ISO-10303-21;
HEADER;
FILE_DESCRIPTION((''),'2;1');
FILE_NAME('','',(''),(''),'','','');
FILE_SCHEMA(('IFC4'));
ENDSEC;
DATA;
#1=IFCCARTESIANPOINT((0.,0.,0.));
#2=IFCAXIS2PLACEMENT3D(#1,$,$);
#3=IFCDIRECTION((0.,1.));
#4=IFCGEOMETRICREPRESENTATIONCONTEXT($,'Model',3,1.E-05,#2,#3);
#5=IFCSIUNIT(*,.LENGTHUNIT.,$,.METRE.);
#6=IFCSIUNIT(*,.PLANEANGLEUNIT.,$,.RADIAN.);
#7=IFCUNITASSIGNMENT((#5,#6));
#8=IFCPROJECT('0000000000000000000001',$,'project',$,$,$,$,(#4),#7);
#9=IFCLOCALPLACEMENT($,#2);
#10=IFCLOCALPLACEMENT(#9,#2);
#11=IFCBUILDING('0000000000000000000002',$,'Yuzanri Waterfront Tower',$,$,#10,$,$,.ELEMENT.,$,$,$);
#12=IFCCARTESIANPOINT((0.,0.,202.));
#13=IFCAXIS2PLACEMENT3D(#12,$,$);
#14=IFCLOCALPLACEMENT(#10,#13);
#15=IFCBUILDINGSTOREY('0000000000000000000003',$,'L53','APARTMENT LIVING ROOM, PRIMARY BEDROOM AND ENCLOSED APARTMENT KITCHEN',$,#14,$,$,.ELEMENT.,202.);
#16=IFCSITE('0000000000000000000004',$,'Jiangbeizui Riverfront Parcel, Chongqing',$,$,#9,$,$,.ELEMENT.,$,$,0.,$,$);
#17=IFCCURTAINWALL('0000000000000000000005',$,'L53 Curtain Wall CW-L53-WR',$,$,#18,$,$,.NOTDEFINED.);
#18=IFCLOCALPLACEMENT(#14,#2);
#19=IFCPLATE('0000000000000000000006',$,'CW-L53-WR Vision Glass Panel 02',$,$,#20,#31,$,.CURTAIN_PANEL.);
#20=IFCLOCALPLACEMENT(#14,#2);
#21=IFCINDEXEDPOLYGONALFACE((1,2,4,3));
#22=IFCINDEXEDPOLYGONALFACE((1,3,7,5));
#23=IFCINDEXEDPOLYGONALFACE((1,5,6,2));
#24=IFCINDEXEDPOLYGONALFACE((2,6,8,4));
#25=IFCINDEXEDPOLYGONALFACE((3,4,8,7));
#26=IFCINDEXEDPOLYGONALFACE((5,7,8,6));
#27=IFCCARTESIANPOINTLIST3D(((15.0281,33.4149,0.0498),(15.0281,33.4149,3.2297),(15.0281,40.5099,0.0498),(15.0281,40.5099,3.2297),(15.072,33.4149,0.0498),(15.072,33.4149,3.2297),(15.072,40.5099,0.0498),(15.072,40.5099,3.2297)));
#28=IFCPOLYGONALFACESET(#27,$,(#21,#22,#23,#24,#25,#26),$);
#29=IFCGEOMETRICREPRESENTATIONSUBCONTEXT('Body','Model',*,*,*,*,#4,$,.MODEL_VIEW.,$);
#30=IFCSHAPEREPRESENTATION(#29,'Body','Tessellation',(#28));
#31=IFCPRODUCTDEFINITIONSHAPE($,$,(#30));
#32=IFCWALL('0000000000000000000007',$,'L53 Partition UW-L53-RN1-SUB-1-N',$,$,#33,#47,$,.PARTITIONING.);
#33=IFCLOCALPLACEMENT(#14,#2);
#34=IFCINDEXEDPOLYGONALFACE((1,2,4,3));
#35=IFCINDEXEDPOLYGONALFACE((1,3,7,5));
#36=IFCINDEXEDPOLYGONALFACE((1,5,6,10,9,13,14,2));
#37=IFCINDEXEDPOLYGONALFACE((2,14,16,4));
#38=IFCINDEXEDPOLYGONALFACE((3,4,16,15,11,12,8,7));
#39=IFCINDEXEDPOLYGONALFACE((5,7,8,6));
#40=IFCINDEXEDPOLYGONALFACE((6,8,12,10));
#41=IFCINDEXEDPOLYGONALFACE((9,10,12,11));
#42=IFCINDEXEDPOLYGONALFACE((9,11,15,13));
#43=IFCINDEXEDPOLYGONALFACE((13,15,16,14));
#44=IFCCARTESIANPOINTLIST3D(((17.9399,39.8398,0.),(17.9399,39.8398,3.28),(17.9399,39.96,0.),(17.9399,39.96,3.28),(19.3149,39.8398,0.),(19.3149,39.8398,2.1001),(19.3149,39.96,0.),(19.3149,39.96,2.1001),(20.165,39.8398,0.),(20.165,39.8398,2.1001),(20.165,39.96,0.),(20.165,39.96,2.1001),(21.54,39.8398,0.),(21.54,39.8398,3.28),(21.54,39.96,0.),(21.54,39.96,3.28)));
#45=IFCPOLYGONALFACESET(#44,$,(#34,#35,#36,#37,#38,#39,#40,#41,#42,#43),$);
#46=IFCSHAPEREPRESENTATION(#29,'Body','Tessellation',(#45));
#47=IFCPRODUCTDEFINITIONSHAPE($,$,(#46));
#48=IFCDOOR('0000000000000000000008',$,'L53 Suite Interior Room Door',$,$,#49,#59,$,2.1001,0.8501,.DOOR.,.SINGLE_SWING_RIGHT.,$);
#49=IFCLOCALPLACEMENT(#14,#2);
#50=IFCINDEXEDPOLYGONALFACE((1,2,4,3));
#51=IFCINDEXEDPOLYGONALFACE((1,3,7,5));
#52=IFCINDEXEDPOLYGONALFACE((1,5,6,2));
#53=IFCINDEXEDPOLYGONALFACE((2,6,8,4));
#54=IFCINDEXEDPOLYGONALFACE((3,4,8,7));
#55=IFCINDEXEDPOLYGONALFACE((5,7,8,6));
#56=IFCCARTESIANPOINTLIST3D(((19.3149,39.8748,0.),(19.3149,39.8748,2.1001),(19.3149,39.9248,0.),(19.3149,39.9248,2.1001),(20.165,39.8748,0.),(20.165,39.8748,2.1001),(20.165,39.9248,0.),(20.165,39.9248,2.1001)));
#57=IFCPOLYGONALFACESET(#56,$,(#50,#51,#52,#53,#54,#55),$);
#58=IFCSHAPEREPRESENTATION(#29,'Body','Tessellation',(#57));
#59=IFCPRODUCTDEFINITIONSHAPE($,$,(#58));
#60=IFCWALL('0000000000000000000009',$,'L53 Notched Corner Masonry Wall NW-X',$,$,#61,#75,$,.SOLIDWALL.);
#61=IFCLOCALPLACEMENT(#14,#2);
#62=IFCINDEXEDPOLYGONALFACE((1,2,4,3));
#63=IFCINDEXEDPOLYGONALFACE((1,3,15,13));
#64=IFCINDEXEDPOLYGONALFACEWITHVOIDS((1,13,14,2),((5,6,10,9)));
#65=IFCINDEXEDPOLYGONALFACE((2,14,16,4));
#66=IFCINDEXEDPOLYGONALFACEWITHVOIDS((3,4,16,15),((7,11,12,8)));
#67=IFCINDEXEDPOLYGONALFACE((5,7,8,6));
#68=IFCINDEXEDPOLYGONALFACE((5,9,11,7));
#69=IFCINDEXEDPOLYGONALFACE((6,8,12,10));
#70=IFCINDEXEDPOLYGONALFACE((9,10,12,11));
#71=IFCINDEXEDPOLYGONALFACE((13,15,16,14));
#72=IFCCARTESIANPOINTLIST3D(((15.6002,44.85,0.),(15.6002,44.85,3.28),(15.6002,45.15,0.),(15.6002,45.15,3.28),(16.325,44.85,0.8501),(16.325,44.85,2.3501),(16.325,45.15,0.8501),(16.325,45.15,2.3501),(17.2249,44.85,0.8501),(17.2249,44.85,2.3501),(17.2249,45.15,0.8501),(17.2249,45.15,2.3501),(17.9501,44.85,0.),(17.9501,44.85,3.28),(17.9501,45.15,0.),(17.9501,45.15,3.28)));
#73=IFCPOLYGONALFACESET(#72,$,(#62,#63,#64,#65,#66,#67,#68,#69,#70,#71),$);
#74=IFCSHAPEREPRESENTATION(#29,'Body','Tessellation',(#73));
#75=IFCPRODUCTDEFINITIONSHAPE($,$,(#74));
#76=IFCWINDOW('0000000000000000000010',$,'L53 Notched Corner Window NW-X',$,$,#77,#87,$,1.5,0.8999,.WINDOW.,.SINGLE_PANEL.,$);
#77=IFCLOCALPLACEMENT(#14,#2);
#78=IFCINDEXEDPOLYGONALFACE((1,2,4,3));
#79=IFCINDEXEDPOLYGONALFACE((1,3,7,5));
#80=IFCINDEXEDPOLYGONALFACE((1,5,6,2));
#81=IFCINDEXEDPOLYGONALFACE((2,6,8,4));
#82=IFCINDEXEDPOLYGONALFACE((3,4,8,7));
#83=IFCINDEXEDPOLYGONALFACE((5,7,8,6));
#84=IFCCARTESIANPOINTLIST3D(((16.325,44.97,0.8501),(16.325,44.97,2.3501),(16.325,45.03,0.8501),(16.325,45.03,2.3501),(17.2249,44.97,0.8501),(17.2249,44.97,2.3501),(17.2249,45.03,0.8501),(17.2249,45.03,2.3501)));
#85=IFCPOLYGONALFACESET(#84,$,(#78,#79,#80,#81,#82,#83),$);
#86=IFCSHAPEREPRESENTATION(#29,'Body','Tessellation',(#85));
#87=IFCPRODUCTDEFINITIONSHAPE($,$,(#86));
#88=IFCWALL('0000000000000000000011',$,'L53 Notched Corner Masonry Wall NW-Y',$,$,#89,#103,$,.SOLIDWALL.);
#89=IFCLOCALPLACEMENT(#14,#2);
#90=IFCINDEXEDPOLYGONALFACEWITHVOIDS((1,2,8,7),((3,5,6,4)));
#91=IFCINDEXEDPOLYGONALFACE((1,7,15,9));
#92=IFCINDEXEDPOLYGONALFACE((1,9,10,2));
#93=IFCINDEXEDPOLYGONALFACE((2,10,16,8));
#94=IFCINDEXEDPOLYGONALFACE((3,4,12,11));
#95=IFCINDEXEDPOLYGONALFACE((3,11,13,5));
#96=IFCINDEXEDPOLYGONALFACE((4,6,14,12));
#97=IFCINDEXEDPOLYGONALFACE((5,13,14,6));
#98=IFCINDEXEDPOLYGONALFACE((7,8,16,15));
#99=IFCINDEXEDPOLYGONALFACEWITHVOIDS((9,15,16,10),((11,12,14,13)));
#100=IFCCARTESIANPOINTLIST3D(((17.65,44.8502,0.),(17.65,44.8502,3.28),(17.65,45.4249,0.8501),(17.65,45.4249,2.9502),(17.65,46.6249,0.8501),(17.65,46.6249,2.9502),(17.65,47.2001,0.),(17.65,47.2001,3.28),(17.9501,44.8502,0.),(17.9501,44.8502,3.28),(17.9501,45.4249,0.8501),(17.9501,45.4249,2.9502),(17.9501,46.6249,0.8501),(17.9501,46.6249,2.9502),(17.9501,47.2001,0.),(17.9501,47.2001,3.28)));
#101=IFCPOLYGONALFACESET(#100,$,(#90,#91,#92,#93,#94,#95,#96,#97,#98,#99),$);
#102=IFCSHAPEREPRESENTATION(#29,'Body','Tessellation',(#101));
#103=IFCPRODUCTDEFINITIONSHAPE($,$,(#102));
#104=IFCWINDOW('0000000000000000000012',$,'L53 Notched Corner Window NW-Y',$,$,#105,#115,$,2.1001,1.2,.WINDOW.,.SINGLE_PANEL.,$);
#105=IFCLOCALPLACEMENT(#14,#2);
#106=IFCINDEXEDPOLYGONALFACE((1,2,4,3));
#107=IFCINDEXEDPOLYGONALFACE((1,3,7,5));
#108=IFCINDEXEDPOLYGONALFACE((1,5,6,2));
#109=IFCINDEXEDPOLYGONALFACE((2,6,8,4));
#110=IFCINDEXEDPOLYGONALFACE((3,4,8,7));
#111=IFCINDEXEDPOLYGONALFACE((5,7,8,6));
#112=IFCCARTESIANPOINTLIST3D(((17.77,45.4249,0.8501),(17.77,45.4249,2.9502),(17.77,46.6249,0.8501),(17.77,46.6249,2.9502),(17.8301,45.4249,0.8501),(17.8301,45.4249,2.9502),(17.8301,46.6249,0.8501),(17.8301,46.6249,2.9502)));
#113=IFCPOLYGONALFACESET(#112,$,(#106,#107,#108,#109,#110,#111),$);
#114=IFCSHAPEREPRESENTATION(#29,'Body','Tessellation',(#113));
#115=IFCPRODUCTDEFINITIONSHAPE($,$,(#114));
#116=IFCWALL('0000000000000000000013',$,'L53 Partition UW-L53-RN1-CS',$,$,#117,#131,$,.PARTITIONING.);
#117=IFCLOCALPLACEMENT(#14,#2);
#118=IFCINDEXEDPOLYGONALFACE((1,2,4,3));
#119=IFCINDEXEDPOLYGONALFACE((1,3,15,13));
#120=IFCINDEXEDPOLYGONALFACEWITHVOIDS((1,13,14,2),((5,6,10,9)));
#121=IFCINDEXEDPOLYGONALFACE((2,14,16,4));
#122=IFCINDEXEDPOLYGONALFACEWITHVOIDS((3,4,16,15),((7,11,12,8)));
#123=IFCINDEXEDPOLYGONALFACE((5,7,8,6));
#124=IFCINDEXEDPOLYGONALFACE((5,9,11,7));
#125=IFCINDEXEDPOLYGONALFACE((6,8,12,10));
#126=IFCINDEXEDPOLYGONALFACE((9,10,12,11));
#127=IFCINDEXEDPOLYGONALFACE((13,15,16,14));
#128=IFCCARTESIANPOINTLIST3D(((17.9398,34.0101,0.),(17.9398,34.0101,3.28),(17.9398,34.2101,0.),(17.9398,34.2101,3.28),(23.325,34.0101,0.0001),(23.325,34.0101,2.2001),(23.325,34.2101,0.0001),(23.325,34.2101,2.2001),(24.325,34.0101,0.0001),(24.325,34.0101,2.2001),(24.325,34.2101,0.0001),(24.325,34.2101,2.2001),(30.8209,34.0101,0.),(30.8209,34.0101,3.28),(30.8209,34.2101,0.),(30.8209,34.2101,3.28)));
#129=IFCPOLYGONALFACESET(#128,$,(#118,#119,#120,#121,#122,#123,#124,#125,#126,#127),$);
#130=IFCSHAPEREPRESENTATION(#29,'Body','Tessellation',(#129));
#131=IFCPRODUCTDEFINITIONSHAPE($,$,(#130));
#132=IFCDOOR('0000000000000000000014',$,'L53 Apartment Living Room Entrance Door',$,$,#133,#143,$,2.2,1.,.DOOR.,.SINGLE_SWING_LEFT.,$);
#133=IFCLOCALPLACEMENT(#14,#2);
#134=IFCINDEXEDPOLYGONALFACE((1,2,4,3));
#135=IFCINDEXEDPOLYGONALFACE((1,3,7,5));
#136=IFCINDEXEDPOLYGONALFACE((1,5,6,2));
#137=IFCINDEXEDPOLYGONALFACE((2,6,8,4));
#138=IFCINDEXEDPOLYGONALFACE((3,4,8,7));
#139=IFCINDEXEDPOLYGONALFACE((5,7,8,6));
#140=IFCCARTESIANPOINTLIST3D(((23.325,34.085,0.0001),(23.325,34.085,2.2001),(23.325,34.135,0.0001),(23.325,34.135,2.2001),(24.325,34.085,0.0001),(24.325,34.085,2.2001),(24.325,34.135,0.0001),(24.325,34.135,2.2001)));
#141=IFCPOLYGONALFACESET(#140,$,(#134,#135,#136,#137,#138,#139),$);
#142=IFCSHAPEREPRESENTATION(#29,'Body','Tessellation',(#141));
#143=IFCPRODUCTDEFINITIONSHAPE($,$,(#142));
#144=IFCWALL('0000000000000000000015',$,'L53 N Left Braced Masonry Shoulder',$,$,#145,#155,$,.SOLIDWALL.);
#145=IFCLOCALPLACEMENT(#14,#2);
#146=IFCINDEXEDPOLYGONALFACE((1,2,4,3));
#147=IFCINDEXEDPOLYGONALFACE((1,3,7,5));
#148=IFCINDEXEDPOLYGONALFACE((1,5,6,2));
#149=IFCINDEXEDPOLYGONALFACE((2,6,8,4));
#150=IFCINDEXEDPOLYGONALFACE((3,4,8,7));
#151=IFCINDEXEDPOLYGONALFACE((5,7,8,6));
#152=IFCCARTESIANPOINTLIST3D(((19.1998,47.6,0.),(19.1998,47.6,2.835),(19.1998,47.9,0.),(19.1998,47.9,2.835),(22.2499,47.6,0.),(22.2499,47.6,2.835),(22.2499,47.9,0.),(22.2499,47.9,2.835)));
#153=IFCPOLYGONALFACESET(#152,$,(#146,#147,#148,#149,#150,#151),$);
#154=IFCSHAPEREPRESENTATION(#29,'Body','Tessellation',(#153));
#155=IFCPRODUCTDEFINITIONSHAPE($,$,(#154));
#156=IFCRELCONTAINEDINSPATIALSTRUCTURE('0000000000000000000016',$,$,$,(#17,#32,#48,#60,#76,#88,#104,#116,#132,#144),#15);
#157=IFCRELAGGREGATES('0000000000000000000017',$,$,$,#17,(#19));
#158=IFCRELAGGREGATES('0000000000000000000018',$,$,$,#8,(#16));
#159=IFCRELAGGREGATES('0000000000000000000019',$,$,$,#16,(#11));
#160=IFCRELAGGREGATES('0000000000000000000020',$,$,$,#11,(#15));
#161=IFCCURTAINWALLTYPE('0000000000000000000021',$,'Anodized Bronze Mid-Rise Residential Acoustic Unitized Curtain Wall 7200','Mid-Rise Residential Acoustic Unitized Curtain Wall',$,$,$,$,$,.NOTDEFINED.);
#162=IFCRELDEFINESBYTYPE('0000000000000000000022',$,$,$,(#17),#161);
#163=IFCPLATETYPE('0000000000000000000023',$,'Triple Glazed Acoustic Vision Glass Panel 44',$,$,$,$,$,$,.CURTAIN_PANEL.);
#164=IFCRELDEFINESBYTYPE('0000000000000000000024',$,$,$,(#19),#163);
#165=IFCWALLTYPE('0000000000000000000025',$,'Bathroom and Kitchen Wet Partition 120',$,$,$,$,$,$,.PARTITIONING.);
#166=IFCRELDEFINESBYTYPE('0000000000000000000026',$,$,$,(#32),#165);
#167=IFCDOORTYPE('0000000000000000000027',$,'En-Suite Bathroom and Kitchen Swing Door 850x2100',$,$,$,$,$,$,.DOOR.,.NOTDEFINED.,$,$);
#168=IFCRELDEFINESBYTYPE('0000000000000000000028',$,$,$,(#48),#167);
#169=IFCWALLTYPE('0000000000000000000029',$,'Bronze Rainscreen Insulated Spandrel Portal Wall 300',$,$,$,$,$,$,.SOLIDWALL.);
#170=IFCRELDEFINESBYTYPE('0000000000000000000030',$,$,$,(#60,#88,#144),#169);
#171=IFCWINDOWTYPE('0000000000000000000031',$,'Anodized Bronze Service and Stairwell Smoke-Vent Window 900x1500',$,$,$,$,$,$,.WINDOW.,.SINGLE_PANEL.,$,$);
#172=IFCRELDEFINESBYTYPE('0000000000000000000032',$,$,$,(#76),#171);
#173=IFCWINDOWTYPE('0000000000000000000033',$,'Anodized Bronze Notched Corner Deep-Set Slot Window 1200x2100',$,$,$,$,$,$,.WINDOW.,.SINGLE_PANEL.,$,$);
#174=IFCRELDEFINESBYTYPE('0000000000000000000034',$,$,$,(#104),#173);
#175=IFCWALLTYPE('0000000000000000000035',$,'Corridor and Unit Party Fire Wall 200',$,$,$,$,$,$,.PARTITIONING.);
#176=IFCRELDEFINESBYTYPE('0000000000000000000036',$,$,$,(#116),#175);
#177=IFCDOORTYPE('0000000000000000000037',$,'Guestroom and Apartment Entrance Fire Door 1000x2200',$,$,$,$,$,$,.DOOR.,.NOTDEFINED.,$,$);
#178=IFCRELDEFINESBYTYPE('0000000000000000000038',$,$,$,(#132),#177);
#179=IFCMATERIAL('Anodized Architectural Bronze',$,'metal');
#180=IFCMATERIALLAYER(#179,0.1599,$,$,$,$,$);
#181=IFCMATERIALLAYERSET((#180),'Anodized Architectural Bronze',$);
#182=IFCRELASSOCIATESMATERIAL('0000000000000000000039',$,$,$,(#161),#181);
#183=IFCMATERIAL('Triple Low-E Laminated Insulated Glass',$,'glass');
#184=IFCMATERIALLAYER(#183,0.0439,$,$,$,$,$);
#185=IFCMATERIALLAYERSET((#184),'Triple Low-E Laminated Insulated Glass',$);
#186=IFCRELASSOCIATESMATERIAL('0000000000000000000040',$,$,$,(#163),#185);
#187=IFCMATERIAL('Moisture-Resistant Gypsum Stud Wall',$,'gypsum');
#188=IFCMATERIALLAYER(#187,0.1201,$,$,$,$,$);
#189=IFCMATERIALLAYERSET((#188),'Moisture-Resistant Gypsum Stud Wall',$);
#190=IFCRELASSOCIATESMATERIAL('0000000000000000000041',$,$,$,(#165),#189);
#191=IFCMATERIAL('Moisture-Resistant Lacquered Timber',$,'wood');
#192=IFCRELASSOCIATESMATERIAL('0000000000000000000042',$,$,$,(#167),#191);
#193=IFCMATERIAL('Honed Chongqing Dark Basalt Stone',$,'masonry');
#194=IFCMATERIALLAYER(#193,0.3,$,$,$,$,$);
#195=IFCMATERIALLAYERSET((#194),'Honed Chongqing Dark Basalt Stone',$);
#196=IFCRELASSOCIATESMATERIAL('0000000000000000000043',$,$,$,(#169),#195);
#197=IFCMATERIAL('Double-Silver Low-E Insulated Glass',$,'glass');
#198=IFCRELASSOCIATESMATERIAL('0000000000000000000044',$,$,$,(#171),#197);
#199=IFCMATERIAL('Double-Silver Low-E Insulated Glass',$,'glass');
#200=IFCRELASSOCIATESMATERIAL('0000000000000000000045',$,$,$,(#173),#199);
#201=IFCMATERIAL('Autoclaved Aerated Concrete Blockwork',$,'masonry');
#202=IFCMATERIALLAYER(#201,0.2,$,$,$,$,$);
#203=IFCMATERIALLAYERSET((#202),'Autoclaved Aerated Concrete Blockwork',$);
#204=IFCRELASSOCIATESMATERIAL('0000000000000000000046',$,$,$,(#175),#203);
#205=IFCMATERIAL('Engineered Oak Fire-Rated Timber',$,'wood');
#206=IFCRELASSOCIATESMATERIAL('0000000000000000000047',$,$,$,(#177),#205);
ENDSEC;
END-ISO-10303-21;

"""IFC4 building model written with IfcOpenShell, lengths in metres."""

from ifc_helpers import new_model, si_unit, direction, frame, frame_2d, origin, origin_2d, place, context, subcontext, project, spatial, rectangle, extrude, source, transform, mapped, material, layer, layer_set, type_object, element, fill, aggregate, save


model = new_model("IFC4")

# Units and contexts
model_context = context("Model", 3, precision=1e-05, world=origin(), true_north=direction((0.0, 1.0)))
body_context = subcontext(model_context, "Body", "Model", "MODEL_VIEW")
ifc_project = project(units=[si_unit("LENGTHUNIT", "METRE"), si_unit("PLANEANGLEUNIT", "RADIAN")], contexts=[model_context])

# Site, building, storey
site_placement = place(None, origin())
site = spatial("IfcSite", under=ifc_project, at=site_placement, Name="Jiangbeizui Riverfront Parcel, Chongqing", CompositionType="ELEMENT", RefElevation=0.0)
building_placement = place(site_placement, origin())
building = spatial("IfcBuilding", under=site, at=building_placement, Name="Yuzanri Waterfront Tower", CompositionType="ELEMENT")
storey_placement = place(building_placement, frame((0.0, 0.0, 202.0)))
storey = spatial("IfcBuildingStorey", under=building, at=storey_placement, Name="L53", Description="APARTMENT LIVING ROOM, PRIMARY BEDROOM AND ENCLOSED APARTMENT KITCHEN", CompositionType="ELEMENT", Elevation=202.0)

# Curtain wall
ifc_material_1 = material(Name="Anodized Architectural Bronze", Category="metal")
ifc_layer_1 = layer(ifc_material_1, 0.1599)
ifc_layer_set_1 = layer_set([ifc_layer_1], Name="Anodized Architectural Bronze")
curtain_wall_type = type_object("IfcCurtainWallType", Name="Anodized Bronze Mid-Rise Residential Acoustic Unitized Curtain Wall 7200", Description="Mid-Rise Residential Acoustic Unitized Curtain Wall", PredefinedType="NOTDEFINED", material=ifc_layer_set_1)
curtain_wall_1_placement = place(storey_placement, origin())
curtain_wall_1 = element("IfcCurtainWall", 1, at=curtain_wall_1_placement, inside=storey, type_object=curtain_wall_type, Name="L53 Curtain Wall CW-L53-WR", PredefinedType="NOTDEFINED")

# Plate
ifc_material_2 = material(Name="Triple Low-E Laminated Insulated Glass", Category="glass")
ifc_layer_2 = layer(ifc_material_2, 0.0439)
ifc_layer_set_2 = layer_set([ifc_layer_2], Name="Triple Low-E Laminated Insulated Glass")
plate_type_1 = type_object("IfcPlateType", Name="Triple Glazed Acoustic Vision Glass Panel 44", PredefinedType="CURTAIN_PANEL", material=ifc_layer_set_2)
shared_shape_1 = source(origin(), body_context, "Body", "SweptSolid", [
    extrude(rectangle(XDim=7.095, YDim=0.0439, at=origin_2d()), origin(), (0.0, 0.0, 1.0), 3.1799),
])
plate_placement = place(storey_placement, frame((15.05, 36.9624, 0.0498), z_axis=(0.0, 0.0, 1.0), x_axis=(0.0, 1.0, 0.0)))
plate = element("IfcPlate", 2, at=plate_placement, type_object=plate_type_1, Name="CW-L53-WR Vision Glass Panel 02", PredefinedType="CURTAIN_PANEL", context=body_context, shape_type="MappedRepresentation", body=[
    mapped(shared_shape_1, transform((0.0, 0.0, 0.0), scale=1.0)),
])
aggregate(curtain_wall_1, [plate])

# Wall, opening, door
ifc_material_3 = material(Name="Moisture-Resistant Gypsum Stud Wall", Category="gypsum")
ifc_layer_3 = layer(ifc_material_3, 0.1201)
ifc_layer_set_3 = layer_set([ifc_layer_3], Name="Moisture-Resistant Gypsum Stud Wall")
wall_type_1 = type_object("IfcWallType", Name="Bathroom and Kitchen Wet Partition 120", PredefinedType="PARTITIONING", material=ifc_layer_set_3)
wall_1_placement = place(storey_placement, frame((17.9399, 39.8999, 0.0), z_axis=(0.0, 0.0, 1.0), x_axis=(1.0, 0.0, 0.0)))
wall_1 = element("IfcWall", 3, at=wall_1_placement, inside=storey, type_object=wall_type_1, Name="L53 Partition UW-L53-RN1-SUB-1-N", PredefinedType="PARTITIONING", context=body_context, shape_type="SweptSolid", body=[
    extrude(rectangle(XDim=3.6001, YDim=0.1201, at=frame_2d((1.8, 0.0))), origin(), (0.0, 0.0, 1.0), 3.28),
])
opening_1_placement = place(wall_1_placement, frame((1.375, 0.0, 0.0)))
opening_1 = element("IfcOpeningElement", 4, at=opening_1_placement, cuts=wall_1, PredefinedType="OPENING", context=body_context, shape_type="SweptSolid", body=[
    extrude(rectangle(XDim=0.8501, YDim=2.1001, at=frame_2d((0.425, 1.05))), frame((0.0, 0.075, 0.0), z_axis=(0.0, -1.0, 0.0), x_axis=(1.0, 0.0, 0.0)), (0.0, 0.0, 1.0), 0.1499),
])
ifc_material_4 = material(Name="Moisture-Resistant Lacquered Timber", Category="wood")
door_type_1 = type_object("IfcDoorType", Name="En-Suite Bathroom and Kitchen Swing Door 850x2100", OperationType="NOTDEFINED", PredefinedType="DOOR", material=ifc_material_4)
shared_shape_2 = source(origin(), body_context, "Body", "SweptSolid", [
    extrude(rectangle(XDim=0.8501, YDim=2.1001, at=frame_2d((0.425, 1.05))), frame((0.0, 0.0249, 0.0), z_axis=(0.0, -1.0, 0.0), x_axis=(1.0, 0.0, 0.0)), (0.0, 0.0, 1.0), 0.05),
])
door_1_placement = place(opening_1_placement, origin())
door_1 = element("IfcDoor", 5, at=door_1_placement, inside=storey, type_object=door_type_1, Name="L53 Suite Interior Room Door", OperationType="SINGLE_SWING_RIGHT", OverallHeight=2.1001, OverallWidth=0.8501, PredefinedType="DOOR", context=body_context, shape_type="MappedRepresentation", body=[
    mapped(shared_shape_2, transform((0.0, 0.0, 0.0), scale=1.0)),
])
fill(opening_1, door_1)

# Walls, openings, windows
ifc_material_5 = material(Name="Honed Chongqing Dark Basalt Stone", Category="masonry")
ifc_layer_4 = layer(ifc_material_5, 0.3)
ifc_layer_set_4 = layer_set([ifc_layer_4], Name="Honed Chongqing Dark Basalt Stone")
wall_type_2 = type_object("IfcWallType", Name="Bronze Rainscreen Insulated Spandrel Portal Wall 300", PredefinedType="SOLIDWALL", material=ifc_layer_set_4)
wall_2_placement = place(storey_placement, frame((17.95, 45.0, 0.0), z_axis=(0.0, 0.0, 1.0), x_axis=(-1.0, 0.0, 0.0)))
wall_2 = element("IfcWall", 6, at=wall_2_placement, inside=storey, type_object=wall_type_2, Name="L53 Notched Corner Masonry Wall NW-X", PredefinedType="SOLIDWALL", context=body_context, shape_type="SweptSolid", body=[
    extrude(rectangle(XDim=2.3499, YDim=0.3, at=frame_2d((1.1748, 0.0))), origin(), (0.0, 0.0, 1.0), 3.28),
])
opening_2_placement = place(wall_2_placement, frame((0.7251, 0.0, 0.8501)))
opening_2 = element("IfcOpeningElement", 7, at=opening_2_placement, cuts=wall_2, PredefinedType="OPENING", context=body_context, shape_type="SweptSolid", body=[
    extrude(rectangle(XDim=0.8999, YDim=1.5, at=frame_2d((0.45, 0.75))), frame((0.0, 0.165, 0.0), z_axis=(0.0, -1.0, 0.0), x_axis=(1.0, 0.0, 0.0)), (0.0, 0.0, 1.0), 0.3298),
])
ifc_material_6 = material(Name="Double-Silver Low-E Insulated Glass", Category="glass")
window_type_1 = type_object("IfcWindowType", Name="Anodized Bronze Service and Stairwell Smoke-Vent Window 900x1500", PartitioningType="SINGLE_PANEL", PredefinedType="WINDOW", material=ifc_material_6)
shared_shape_3 = source(origin(), body_context, "Body", "SweptSolid", [
    extrude(rectangle(XDim=0.8999, YDim=1.5, at=frame_2d((0.45, 0.75))), frame((0.0, 0.03, 0.0), z_axis=(0.0, -1.0, 0.0), x_axis=(1.0, 0.0, 0.0)), (0.0, 0.0, 1.0), 0.0601),
])
window_1_placement = place(opening_2_placement, origin())
window_1 = element("IfcWindow", 8, at=window_1_placement, inside=storey, type_object=window_type_1, Name="L53 Notched Corner Window NW-X", OverallHeight=1.5, OverallWidth=0.8999, PartitioningType="SINGLE_PANEL", PredefinedType="WINDOW", context=body_context, shape_type="MappedRepresentation", body=[
    mapped(shared_shape_3, transform((0.0, 0.0, 0.0), scale=1.0)),
])
fill(opening_2, window_1)
wall_3_placement = place(storey_placement, frame((17.8, 47.2, 0.0), z_axis=(0.0, 0.0, 1.0), x_axis=(0.0, -1.0, 0.0)))
wall_3 = element("IfcWall", 9, at=wall_3_placement, inside=storey, type_object=wall_type_2, Name="L53 Notched Corner Masonry Wall NW-Y", PredefinedType="SOLIDWALL", context=body_context, shape_type="SweptSolid", body=[
    extrude(rectangle(XDim=2.3499, YDim=0.3, at=frame_2d((1.1748, 0.0))), origin(), (0.0, 0.0, 1.0), 3.28),
])
opening_3_placement = place(wall_3_placement, frame((0.575, 0.0, 0.8501)))
opening_3 = element("IfcOpeningElement", 10, at=opening_3_placement, cuts=wall_3, PredefinedType="OPENING", context=body_context, shape_type="SweptSolid", body=[
    extrude(rectangle(XDim=1.2, YDim=2.1001, at=frame_2d((0.6001, 1.05))), frame((0.0, 0.165, 0.0), z_axis=(0.0, -1.0, 0.0), x_axis=(1.0, 0.0, 0.0)), (0.0, 0.0, 1.0), 0.3298),
])
ifc_material_7 = material(Name="Double-Silver Low-E Insulated Glass", Category="glass")
window_type_2 = type_object("IfcWindowType", Name="Anodized Bronze Notched Corner Deep-Set Slot Window 1200x2100", PartitioningType="SINGLE_PANEL", PredefinedType="WINDOW", material=ifc_material_7)
shared_shape_4 = source(origin(), body_context, "Body", "SweptSolid", [
    extrude(rectangle(XDim=1.2, YDim=2.1001, at=frame_2d((0.6001, 1.05))), frame((0.0, 0.03, 0.0), z_axis=(0.0, -1.0, 0.0), x_axis=(1.0, 0.0, 0.0)), (0.0, 0.0, 1.0), 0.0601),
])
window_2_placement = place(opening_3_placement, origin())
window_2 = element("IfcWindow", 11, at=window_2_placement, inside=storey, type_object=window_type_2, Name="L53 Notched Corner Window NW-Y", OverallHeight=2.1001, OverallWidth=1.2, PartitioningType="SINGLE_PANEL", PredefinedType="WINDOW", context=body_context, shape_type="MappedRepresentation", body=[
    mapped(shared_shape_4, transform((0.0, 0.0, 0.0), scale=1.0)),
])
fill(opening_3, window_2)

# Wall, opening, door
ifc_material_8 = material(Name="Autoclaved Aerated Concrete Blockwork", Category="masonry")
ifc_layer_5 = layer(ifc_material_8, 0.2)
ifc_layer_set_5 = layer_set([ifc_layer_5], Name="Autoclaved Aerated Concrete Blockwork")
wall_type_3 = type_object("IfcWallType", Name="Corridor and Unit Party Fire Wall 200", PredefinedType="PARTITIONING", material=ifc_layer_set_5)
wall_4_placement = place(storey_placement, frame((17.9399, 34.1101, 0.0), z_axis=(0.0, 0.0, 1.0), x_axis=(1.0, 0.0, 0.0)))
wall_4 = element("IfcWall", 12, at=wall_4_placement, inside=storey, type_object=wall_type_3, Name="L53 Partition UW-L53-RN1-CS", PredefinedType="PARTITIONING", context=body_context, shape_type="SweptSolid", body=[
    extrude(rectangle(XDim=12.8811, YDim=0.2, at=frame_2d((6.4404, 0.0))), origin(), (0.0, 0.0, 1.0), 3.28),
])
opening_4_placement = place(wall_4_placement, frame((5.385, 0.0, 0.0)))
opening_4 = element("IfcOpeningElement", 13, at=opening_4_placement, cuts=wall_4, PredefinedType="OPENING", context=body_context, shape_type="SweptSolid", body=[
    extrude(rectangle(XDim=1.0, YDim=2.2, at=frame_2d((0.5, 1.1001))), frame((0.0, 0.1147, 0.0), z_axis=(0.0, -1.0, 0.0), x_axis=(1.0, 0.0, 0.0)), (0.0, 0.0, 1.0), 0.2297),
])
ifc_material_9 = material(Name="Engineered Oak Fire-Rated Timber", Category="wood")
door_type_2 = type_object("IfcDoorType", Name="Guestroom and Apartment Entrance Fire Door 1000x2200", OperationType="NOTDEFINED", PredefinedType="DOOR", material=ifc_material_9)
shared_shape_5 = source(origin(), body_context, "Body", "SweptSolid", [
    extrude(rectangle(XDim=1.0, YDim=2.2, at=frame_2d((0.5, 1.1001))), frame((0.0, 0.0249, 0.0), z_axis=(0.0, -1.0, 0.0), x_axis=(1.0, 0.0, 0.0)), (0.0, 0.0, 1.0), 0.05),
])
door_2_placement = place(opening_4_placement, origin())
door_2 = element("IfcDoor", 14, at=door_2_placement, inside=storey, type_object=door_type_2, Name="L53 Apartment Living Room Entrance Door", OperationType="SINGLE_SWING_LEFT", OverallHeight=2.2, OverallWidth=1.0, PredefinedType="DOOR", context=body_context, shape_type="MappedRepresentation", body=[
    mapped(shared_shape_5, transform((0.0, 0.0, 0.0), scale=1.0)),
])
fill(opening_4, door_2)

# Wall
shared_shape_6 = source(origin(), body_context, "Body", "SweptSolid", [
    extrude(rectangle(XDim=3.05, YDim=0.3, at=frame_2d((1.5249, 0.0))), origin(), (0.0, 0.0, 1.0), 2.835),
])
for number, where, z_axis, x_axis, name in (
    (15, (19.2, 47.75, 0.0), (0.0, 0.0, 1.0), (1.0, 0.0, 0.0), "L53 N Left Braced Masonry Shoulder"),
):
    element("IfcWall", number, at=place(storey_placement, frame(where, z_axis=z_axis, x_axis=x_axis)), inside=storey, type_object=wall_type_2, Name=name, PredefinedType="SOLIDWALL", context=body_context, shape_type="MappedRepresentation", body=[
        mapped(shared_shape_6, transform((0.0, 0.0, 0.0), scale=1.0)),
    ])

save(model, "model.ifc")
